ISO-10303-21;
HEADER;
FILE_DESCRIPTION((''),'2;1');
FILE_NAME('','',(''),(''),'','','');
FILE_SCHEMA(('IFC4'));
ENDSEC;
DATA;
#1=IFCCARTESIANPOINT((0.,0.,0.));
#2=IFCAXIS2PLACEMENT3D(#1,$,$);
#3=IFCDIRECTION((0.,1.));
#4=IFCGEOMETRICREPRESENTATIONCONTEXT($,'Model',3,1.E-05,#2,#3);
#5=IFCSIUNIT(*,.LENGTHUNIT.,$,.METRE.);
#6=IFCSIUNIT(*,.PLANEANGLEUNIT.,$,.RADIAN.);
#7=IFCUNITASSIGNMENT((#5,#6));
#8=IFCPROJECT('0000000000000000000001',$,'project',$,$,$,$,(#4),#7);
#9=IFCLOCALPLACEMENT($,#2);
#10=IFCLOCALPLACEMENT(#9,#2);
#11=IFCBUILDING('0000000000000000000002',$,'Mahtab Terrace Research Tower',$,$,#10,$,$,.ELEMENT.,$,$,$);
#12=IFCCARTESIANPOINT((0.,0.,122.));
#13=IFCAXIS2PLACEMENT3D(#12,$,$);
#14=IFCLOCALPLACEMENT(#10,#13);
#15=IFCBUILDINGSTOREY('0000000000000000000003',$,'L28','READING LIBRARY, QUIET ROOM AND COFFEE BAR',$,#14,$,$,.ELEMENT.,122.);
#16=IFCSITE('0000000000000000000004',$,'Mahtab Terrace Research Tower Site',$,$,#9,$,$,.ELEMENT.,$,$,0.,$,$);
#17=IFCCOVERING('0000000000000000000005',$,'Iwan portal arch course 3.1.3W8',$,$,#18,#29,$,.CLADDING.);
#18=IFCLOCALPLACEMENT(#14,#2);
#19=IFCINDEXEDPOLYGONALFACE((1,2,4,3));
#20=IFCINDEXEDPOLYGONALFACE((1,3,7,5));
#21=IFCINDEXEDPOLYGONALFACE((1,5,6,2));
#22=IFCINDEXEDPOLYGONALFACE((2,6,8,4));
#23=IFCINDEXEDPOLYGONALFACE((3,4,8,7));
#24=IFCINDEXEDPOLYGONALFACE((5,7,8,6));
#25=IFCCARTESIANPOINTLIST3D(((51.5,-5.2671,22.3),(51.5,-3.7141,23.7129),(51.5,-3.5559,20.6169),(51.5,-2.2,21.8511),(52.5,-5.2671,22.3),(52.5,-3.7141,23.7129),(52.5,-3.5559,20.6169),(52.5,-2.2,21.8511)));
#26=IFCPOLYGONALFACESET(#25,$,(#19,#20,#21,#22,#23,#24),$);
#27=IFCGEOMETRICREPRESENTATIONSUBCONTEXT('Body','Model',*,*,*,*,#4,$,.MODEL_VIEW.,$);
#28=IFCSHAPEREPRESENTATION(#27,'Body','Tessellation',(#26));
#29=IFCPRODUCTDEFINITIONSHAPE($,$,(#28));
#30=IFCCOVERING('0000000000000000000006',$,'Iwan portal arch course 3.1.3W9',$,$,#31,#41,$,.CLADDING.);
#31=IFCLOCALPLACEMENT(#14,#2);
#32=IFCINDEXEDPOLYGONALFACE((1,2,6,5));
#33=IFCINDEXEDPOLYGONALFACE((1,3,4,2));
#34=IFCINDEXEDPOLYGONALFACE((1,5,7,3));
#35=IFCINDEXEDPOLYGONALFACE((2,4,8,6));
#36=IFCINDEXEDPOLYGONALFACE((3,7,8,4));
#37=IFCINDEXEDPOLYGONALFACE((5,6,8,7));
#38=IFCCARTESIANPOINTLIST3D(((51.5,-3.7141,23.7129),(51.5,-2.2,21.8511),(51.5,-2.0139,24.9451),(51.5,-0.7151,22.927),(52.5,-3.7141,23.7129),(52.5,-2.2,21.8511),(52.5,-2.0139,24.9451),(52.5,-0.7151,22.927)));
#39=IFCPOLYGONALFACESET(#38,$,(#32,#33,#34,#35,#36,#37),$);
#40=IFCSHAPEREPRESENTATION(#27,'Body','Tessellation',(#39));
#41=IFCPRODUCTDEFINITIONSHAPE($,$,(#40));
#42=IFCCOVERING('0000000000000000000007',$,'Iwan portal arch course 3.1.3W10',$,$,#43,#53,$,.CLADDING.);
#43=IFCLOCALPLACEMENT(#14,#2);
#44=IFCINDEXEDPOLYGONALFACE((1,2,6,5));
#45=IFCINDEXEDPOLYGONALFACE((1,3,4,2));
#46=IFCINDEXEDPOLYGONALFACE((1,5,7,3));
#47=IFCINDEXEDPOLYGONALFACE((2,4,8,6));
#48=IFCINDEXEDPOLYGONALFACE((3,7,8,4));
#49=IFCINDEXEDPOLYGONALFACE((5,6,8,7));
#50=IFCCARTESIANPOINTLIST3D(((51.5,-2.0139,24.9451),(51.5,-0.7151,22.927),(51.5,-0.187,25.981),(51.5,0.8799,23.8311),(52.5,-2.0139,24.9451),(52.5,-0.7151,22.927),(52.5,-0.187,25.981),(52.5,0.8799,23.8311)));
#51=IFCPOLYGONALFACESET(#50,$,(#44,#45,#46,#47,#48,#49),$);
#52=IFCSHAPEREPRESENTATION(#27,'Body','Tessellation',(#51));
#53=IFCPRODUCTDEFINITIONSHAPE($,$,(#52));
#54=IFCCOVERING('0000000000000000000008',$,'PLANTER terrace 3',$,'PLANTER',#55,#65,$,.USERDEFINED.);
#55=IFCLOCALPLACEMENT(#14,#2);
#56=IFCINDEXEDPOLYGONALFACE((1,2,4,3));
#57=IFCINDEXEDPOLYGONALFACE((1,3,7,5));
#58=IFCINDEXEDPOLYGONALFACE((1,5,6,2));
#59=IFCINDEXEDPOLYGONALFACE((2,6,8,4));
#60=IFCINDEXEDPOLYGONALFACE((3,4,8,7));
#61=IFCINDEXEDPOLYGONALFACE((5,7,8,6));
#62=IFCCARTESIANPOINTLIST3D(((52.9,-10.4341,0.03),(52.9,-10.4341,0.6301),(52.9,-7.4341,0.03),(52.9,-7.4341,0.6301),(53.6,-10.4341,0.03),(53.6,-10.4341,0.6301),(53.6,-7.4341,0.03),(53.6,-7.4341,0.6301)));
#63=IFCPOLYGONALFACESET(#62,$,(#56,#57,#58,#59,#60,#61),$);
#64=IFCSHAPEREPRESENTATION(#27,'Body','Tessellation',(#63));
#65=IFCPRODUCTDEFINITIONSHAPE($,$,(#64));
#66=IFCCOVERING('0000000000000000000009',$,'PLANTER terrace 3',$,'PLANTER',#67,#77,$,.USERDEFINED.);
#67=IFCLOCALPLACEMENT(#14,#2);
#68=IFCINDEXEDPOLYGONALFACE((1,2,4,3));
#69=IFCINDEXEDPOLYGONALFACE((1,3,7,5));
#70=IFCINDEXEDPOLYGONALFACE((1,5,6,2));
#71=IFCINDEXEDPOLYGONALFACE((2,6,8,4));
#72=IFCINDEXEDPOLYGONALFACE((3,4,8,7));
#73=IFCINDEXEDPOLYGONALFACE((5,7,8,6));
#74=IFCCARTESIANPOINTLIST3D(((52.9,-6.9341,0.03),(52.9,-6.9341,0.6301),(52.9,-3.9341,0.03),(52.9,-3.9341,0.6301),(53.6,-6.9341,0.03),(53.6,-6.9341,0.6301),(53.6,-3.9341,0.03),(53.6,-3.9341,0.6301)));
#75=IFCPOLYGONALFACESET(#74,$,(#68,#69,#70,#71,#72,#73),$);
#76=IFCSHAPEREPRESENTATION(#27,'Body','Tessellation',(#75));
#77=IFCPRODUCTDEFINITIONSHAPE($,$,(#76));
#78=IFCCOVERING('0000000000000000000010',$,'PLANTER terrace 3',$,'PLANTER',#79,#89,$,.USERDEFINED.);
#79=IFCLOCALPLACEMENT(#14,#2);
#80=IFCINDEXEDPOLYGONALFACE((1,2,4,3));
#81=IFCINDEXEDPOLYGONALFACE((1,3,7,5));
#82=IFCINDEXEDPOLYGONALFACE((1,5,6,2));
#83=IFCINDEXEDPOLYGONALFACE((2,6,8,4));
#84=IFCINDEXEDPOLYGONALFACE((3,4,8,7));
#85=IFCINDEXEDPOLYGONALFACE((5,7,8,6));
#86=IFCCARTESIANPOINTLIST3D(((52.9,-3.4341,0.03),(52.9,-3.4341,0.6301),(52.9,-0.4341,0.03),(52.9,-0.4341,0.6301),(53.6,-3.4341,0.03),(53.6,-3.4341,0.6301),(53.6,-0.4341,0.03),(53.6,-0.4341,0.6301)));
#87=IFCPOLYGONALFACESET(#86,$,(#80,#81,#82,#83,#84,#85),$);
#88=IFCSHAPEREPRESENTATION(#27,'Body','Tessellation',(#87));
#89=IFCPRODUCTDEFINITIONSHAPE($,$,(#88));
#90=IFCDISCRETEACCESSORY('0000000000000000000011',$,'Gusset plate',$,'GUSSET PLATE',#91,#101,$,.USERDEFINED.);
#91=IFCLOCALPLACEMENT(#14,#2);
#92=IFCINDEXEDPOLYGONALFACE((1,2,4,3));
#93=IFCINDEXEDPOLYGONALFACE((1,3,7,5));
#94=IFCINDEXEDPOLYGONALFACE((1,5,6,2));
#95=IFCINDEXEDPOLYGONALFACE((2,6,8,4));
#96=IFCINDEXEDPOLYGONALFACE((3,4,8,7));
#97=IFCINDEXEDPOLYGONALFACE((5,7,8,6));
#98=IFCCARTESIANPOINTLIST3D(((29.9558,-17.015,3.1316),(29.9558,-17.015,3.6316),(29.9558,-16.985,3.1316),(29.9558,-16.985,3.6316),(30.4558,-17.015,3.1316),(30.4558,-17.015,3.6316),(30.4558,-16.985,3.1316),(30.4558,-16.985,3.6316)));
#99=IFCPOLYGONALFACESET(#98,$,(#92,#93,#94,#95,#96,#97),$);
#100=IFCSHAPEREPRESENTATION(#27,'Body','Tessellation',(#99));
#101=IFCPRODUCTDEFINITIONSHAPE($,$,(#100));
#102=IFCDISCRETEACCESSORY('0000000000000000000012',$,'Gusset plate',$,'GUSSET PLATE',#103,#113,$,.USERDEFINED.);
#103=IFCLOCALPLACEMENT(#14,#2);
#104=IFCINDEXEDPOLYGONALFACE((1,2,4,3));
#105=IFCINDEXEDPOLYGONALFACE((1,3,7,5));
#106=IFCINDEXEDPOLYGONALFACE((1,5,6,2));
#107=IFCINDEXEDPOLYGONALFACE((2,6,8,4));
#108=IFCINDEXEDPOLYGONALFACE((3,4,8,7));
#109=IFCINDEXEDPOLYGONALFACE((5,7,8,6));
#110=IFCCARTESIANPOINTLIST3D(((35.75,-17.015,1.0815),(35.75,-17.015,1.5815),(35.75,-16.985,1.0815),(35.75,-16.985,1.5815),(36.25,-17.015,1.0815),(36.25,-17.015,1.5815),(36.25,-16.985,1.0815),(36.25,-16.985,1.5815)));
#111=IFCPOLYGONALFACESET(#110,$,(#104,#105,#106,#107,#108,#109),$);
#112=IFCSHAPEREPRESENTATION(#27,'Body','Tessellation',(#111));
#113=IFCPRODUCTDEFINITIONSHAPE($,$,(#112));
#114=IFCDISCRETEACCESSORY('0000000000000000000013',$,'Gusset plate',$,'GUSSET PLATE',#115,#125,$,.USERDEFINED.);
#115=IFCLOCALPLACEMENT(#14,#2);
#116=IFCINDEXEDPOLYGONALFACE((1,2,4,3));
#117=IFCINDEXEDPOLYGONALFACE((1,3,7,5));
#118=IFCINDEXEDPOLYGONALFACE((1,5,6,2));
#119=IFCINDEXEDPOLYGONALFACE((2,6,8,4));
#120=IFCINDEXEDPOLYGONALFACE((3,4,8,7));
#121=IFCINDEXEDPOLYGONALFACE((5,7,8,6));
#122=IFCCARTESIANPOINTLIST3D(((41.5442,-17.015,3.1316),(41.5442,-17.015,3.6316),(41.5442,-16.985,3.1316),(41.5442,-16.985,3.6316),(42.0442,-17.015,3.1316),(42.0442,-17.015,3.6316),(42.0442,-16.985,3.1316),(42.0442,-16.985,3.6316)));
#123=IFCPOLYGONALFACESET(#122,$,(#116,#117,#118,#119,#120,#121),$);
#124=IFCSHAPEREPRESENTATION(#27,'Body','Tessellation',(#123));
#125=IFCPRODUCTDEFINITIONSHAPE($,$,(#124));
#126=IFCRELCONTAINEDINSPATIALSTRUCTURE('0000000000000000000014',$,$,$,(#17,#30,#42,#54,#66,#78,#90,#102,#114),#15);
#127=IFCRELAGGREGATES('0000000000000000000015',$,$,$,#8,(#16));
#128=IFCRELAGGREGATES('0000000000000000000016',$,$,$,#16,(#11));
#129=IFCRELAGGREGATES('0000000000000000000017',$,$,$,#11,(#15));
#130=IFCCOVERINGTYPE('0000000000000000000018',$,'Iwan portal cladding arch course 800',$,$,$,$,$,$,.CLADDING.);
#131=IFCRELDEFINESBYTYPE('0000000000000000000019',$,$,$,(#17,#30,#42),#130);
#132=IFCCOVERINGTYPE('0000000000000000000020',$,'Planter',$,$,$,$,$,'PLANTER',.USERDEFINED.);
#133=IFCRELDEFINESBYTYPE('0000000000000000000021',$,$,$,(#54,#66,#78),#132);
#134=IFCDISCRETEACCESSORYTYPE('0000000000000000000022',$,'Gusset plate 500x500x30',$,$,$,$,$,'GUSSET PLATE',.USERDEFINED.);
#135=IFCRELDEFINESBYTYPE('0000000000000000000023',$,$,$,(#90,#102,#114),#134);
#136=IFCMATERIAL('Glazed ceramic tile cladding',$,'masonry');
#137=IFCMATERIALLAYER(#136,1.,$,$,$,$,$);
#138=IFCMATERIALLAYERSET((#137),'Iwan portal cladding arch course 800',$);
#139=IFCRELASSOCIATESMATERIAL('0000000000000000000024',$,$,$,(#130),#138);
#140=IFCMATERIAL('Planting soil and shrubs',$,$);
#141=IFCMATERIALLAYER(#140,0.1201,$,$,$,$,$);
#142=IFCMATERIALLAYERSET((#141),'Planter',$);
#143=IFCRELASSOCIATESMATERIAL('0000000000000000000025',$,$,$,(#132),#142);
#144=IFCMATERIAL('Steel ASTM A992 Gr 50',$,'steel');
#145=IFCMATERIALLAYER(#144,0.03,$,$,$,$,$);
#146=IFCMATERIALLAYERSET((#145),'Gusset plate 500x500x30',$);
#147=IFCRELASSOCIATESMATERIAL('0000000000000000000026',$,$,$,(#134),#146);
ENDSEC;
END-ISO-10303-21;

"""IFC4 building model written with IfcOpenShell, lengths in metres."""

from ifc_helpers import new_model, si_unit, direction, frame, origin, origin_2d, place, context, subcontext, project, spatial, polyline, rectangle, outline, extrude, material, layer, layer_set, type_object, element, save


model = new_model("IFC4")

# Units and contexts
model_context = context("Model", 3, precision=1e-05, world=origin(), true_north=direction((0.0, 1.0)))
body_context = subcontext(model_context, "Body", "Model", "MODEL_VIEW")
ifc_project = project(units=[si_unit("LENGTHUNIT", "METRE"), si_unit("PLANEANGLEUNIT", "RADIAN")], contexts=[model_context])

# Site, building, storey
site_placement = place(None, origin())
site = spatial("IfcSite", under=ifc_project, at=site_placement, Name="Mahtab Terrace Research Tower Site", CompositionType="ELEMENT", RefElevation=0.0)
building_placement = place(site_placement, origin())
building = spatial("IfcBuilding", under=site, at=building_placement, Name="Mahtab Terrace Research Tower", CompositionType="ELEMENT")
storey_placement = place(building_placement, frame((0.0, 0.0, 122.0)))
storey = spatial("IfcBuildingStorey", under=building, at=storey_placement, Name="L28", Description="READING LIBRARY, QUIET ROOM AND COFFEE BAR", CompositionType="ELEMENT", Elevation=122.0)

# Coverings
ifc_material_1 = material(Name="Glazed ceramic tile cladding", Category="masonry")
ifc_layer_1 = layer(ifc_material_1, 1.0)
ifc_layer_set_1 = layer_set([ifc_layer_1], Name="Iwan portal cladding arch course 800")
covering_type_1 = type_object("IfcCoveringType", Name="Iwan portal cladding arch course 800", PredefinedType="CLADDING", material=ifc_layer_set_1)
covering_1_placement = place(storey_placement, frame((51.5, -5.2671, 22.3), z_axis=(-1.0, 0.0, 0.0), x_axis=(0.0, 0.739693, 0.672945)))
element("IfcCovering", 1, at=covering_1_placement, inside=storey, type_object=covering_type_1, Name="Iwan portal arch course 3.1.3W8", PredefinedType="CLADDING", context=body_context, shape_type="SweptSolid", body=[
    extrude(outline(polyline([(0.0, 0.0), (2.0995, 0.0), (1.9666, 2.3961), (0.1331, 2.3965), (0.0, 0.0)])), origin(), (0.0, 0.0, -1.0), 1.0),
])
covering_2_placement = place(storey_placement, frame((51.5, -3.7141, 23.7129), z_axis=(-1.0, 0.0, 0.0), x_axis=(0.0, 0.809715, 0.586823)))
element("IfcCovering", 2, at=covering_2_placement, inside=storey, type_object=covering_type_1, Name="Iwan portal arch course 3.1.3W9", PredefinedType="CLADDING", context=body_context, shape_type="SweptSolid", body=[
    extrude(outline(polyline([(0.0, 0.0), (2.0997, 0.0), (1.9672, 2.3962), (0.1335, 2.3961), (0.0, 0.0)])), origin(), (0.0, 0.0, -1.0), 1.0),
])
covering_3_placement = place(storey_placement, frame((51.5, -2.0139, 24.9451), z_axis=(-1.0, 0.0, 0.0), x_axis=(0.0, 0.869891, 0.493244)))
element("IfcCovering", 3, at=covering_3_placement, inside=storey, type_object=covering_type_1, Name="Iwan portal arch course 3.1.3W10", PredefinedType="CLADDING", context=body_context, shape_type="SweptSolid", body=[
    extrude(outline(polyline([(0.0, 0.0), (2.1002, 0.0), (1.9678, 2.3964), (0.1344, 2.3961), (0.0, 0.0)])), origin(), (0.0, 0.0, -1.0), 1.0),
])
ifc_material_2 = material(Name="Planting soil and shrubs")
ifc_layer_2 = layer(ifc_material_2, 0.1201)
ifc_layer_set_2 = layer_set([ifc_layer_2], Name="Planter")
covering_type_2 = type_object("IfcCoveringType", Name="Planter", ElementType="PLANTER", PredefinedType="USERDEFINED", material=ifc_layer_set_2)
for number, where, z_axis, x_axis, name in (
    (4, (53.25, -8.9341, 0.03), (0.0, 0.0, 1.0), (0.0, 1.0, 0.0), "PLANTER terrace 3"),
    (5, (53.25, -5.4341, 0.03), (0.0, 0.0, 1.0), (0.0, 1.0, 0.0), "PLANTER terrace 3"),
    (6, (53.25, -1.9341, 0.03), (0.0, 0.0, 1.0), (0.0, 1.0, 0.0), "PLANTER terrace 3"),
):
    element("IfcCovering", number, at=place(storey_placement, frame(where, z_axis=z_axis, x_axis=x_axis)), inside=storey, type_object=covering_type_2, Name=name, ObjectType="PLANTER", PredefinedType="USERDEFINED", context=body_context, shape_type="SweptSolid", body=[
        extrude(rectangle(XDim=3.0, YDim=0.7, at=origin_2d()), origin(), (0.0, 0.0, 1.0), 0.6001),
    ])

# Discrete accessories
ifc_material_3 = material(Name="Steel ASTM A992 Gr 50", Category="steel")
ifc_layer_3 = layer(ifc_material_3, 0.03)
ifc_layer_set_3 = layer_set([ifc_layer_3], Name="Gusset plate 500x500x30")
discrete_accessory_type = type_object("IfcDiscreteAccessoryType", Name="Gusset plate 500x500x30", ElementType="GUSSET PLATE", PredefinedType="USERDEFINED", material=ifc_layer_set_3)
for number, where, z_axis, x_axis, name in (
    (7, (30.2058, -17.0, 3.1316), (0.0, 0.0, 1.0), (1.0, 0.0, 0.0), "Gusset plate"),
    (8, (36.0, -17.0, 1.0815), (0.0, 0.0, 1.0), (1.0, 0.0, 0.0), "Gusset plate"),
    (9, (41.7942, -17.0, 3.1316), (0.0, 0.0, 1.0), (1.0, 0.0, 0.0), "Gusset plate"),
):
    element("IfcDiscreteAccessory", number, at=place(storey_placement, frame(where, z_axis=z_axis, x_axis=x_axis)), inside=storey, type_object=discrete_accessory_type, Name=name, ObjectType="GUSSET PLATE", PredefinedType="USERDEFINED", context=body_context, shape_type="SweptSolid", body=[
        extrude(rectangle(XDim=0.5, YDim=0.03, at=origin_2d()), origin(), (0.0, 0.0, 1.0), 0.5),
    ])

save(model, "model.ifc")
